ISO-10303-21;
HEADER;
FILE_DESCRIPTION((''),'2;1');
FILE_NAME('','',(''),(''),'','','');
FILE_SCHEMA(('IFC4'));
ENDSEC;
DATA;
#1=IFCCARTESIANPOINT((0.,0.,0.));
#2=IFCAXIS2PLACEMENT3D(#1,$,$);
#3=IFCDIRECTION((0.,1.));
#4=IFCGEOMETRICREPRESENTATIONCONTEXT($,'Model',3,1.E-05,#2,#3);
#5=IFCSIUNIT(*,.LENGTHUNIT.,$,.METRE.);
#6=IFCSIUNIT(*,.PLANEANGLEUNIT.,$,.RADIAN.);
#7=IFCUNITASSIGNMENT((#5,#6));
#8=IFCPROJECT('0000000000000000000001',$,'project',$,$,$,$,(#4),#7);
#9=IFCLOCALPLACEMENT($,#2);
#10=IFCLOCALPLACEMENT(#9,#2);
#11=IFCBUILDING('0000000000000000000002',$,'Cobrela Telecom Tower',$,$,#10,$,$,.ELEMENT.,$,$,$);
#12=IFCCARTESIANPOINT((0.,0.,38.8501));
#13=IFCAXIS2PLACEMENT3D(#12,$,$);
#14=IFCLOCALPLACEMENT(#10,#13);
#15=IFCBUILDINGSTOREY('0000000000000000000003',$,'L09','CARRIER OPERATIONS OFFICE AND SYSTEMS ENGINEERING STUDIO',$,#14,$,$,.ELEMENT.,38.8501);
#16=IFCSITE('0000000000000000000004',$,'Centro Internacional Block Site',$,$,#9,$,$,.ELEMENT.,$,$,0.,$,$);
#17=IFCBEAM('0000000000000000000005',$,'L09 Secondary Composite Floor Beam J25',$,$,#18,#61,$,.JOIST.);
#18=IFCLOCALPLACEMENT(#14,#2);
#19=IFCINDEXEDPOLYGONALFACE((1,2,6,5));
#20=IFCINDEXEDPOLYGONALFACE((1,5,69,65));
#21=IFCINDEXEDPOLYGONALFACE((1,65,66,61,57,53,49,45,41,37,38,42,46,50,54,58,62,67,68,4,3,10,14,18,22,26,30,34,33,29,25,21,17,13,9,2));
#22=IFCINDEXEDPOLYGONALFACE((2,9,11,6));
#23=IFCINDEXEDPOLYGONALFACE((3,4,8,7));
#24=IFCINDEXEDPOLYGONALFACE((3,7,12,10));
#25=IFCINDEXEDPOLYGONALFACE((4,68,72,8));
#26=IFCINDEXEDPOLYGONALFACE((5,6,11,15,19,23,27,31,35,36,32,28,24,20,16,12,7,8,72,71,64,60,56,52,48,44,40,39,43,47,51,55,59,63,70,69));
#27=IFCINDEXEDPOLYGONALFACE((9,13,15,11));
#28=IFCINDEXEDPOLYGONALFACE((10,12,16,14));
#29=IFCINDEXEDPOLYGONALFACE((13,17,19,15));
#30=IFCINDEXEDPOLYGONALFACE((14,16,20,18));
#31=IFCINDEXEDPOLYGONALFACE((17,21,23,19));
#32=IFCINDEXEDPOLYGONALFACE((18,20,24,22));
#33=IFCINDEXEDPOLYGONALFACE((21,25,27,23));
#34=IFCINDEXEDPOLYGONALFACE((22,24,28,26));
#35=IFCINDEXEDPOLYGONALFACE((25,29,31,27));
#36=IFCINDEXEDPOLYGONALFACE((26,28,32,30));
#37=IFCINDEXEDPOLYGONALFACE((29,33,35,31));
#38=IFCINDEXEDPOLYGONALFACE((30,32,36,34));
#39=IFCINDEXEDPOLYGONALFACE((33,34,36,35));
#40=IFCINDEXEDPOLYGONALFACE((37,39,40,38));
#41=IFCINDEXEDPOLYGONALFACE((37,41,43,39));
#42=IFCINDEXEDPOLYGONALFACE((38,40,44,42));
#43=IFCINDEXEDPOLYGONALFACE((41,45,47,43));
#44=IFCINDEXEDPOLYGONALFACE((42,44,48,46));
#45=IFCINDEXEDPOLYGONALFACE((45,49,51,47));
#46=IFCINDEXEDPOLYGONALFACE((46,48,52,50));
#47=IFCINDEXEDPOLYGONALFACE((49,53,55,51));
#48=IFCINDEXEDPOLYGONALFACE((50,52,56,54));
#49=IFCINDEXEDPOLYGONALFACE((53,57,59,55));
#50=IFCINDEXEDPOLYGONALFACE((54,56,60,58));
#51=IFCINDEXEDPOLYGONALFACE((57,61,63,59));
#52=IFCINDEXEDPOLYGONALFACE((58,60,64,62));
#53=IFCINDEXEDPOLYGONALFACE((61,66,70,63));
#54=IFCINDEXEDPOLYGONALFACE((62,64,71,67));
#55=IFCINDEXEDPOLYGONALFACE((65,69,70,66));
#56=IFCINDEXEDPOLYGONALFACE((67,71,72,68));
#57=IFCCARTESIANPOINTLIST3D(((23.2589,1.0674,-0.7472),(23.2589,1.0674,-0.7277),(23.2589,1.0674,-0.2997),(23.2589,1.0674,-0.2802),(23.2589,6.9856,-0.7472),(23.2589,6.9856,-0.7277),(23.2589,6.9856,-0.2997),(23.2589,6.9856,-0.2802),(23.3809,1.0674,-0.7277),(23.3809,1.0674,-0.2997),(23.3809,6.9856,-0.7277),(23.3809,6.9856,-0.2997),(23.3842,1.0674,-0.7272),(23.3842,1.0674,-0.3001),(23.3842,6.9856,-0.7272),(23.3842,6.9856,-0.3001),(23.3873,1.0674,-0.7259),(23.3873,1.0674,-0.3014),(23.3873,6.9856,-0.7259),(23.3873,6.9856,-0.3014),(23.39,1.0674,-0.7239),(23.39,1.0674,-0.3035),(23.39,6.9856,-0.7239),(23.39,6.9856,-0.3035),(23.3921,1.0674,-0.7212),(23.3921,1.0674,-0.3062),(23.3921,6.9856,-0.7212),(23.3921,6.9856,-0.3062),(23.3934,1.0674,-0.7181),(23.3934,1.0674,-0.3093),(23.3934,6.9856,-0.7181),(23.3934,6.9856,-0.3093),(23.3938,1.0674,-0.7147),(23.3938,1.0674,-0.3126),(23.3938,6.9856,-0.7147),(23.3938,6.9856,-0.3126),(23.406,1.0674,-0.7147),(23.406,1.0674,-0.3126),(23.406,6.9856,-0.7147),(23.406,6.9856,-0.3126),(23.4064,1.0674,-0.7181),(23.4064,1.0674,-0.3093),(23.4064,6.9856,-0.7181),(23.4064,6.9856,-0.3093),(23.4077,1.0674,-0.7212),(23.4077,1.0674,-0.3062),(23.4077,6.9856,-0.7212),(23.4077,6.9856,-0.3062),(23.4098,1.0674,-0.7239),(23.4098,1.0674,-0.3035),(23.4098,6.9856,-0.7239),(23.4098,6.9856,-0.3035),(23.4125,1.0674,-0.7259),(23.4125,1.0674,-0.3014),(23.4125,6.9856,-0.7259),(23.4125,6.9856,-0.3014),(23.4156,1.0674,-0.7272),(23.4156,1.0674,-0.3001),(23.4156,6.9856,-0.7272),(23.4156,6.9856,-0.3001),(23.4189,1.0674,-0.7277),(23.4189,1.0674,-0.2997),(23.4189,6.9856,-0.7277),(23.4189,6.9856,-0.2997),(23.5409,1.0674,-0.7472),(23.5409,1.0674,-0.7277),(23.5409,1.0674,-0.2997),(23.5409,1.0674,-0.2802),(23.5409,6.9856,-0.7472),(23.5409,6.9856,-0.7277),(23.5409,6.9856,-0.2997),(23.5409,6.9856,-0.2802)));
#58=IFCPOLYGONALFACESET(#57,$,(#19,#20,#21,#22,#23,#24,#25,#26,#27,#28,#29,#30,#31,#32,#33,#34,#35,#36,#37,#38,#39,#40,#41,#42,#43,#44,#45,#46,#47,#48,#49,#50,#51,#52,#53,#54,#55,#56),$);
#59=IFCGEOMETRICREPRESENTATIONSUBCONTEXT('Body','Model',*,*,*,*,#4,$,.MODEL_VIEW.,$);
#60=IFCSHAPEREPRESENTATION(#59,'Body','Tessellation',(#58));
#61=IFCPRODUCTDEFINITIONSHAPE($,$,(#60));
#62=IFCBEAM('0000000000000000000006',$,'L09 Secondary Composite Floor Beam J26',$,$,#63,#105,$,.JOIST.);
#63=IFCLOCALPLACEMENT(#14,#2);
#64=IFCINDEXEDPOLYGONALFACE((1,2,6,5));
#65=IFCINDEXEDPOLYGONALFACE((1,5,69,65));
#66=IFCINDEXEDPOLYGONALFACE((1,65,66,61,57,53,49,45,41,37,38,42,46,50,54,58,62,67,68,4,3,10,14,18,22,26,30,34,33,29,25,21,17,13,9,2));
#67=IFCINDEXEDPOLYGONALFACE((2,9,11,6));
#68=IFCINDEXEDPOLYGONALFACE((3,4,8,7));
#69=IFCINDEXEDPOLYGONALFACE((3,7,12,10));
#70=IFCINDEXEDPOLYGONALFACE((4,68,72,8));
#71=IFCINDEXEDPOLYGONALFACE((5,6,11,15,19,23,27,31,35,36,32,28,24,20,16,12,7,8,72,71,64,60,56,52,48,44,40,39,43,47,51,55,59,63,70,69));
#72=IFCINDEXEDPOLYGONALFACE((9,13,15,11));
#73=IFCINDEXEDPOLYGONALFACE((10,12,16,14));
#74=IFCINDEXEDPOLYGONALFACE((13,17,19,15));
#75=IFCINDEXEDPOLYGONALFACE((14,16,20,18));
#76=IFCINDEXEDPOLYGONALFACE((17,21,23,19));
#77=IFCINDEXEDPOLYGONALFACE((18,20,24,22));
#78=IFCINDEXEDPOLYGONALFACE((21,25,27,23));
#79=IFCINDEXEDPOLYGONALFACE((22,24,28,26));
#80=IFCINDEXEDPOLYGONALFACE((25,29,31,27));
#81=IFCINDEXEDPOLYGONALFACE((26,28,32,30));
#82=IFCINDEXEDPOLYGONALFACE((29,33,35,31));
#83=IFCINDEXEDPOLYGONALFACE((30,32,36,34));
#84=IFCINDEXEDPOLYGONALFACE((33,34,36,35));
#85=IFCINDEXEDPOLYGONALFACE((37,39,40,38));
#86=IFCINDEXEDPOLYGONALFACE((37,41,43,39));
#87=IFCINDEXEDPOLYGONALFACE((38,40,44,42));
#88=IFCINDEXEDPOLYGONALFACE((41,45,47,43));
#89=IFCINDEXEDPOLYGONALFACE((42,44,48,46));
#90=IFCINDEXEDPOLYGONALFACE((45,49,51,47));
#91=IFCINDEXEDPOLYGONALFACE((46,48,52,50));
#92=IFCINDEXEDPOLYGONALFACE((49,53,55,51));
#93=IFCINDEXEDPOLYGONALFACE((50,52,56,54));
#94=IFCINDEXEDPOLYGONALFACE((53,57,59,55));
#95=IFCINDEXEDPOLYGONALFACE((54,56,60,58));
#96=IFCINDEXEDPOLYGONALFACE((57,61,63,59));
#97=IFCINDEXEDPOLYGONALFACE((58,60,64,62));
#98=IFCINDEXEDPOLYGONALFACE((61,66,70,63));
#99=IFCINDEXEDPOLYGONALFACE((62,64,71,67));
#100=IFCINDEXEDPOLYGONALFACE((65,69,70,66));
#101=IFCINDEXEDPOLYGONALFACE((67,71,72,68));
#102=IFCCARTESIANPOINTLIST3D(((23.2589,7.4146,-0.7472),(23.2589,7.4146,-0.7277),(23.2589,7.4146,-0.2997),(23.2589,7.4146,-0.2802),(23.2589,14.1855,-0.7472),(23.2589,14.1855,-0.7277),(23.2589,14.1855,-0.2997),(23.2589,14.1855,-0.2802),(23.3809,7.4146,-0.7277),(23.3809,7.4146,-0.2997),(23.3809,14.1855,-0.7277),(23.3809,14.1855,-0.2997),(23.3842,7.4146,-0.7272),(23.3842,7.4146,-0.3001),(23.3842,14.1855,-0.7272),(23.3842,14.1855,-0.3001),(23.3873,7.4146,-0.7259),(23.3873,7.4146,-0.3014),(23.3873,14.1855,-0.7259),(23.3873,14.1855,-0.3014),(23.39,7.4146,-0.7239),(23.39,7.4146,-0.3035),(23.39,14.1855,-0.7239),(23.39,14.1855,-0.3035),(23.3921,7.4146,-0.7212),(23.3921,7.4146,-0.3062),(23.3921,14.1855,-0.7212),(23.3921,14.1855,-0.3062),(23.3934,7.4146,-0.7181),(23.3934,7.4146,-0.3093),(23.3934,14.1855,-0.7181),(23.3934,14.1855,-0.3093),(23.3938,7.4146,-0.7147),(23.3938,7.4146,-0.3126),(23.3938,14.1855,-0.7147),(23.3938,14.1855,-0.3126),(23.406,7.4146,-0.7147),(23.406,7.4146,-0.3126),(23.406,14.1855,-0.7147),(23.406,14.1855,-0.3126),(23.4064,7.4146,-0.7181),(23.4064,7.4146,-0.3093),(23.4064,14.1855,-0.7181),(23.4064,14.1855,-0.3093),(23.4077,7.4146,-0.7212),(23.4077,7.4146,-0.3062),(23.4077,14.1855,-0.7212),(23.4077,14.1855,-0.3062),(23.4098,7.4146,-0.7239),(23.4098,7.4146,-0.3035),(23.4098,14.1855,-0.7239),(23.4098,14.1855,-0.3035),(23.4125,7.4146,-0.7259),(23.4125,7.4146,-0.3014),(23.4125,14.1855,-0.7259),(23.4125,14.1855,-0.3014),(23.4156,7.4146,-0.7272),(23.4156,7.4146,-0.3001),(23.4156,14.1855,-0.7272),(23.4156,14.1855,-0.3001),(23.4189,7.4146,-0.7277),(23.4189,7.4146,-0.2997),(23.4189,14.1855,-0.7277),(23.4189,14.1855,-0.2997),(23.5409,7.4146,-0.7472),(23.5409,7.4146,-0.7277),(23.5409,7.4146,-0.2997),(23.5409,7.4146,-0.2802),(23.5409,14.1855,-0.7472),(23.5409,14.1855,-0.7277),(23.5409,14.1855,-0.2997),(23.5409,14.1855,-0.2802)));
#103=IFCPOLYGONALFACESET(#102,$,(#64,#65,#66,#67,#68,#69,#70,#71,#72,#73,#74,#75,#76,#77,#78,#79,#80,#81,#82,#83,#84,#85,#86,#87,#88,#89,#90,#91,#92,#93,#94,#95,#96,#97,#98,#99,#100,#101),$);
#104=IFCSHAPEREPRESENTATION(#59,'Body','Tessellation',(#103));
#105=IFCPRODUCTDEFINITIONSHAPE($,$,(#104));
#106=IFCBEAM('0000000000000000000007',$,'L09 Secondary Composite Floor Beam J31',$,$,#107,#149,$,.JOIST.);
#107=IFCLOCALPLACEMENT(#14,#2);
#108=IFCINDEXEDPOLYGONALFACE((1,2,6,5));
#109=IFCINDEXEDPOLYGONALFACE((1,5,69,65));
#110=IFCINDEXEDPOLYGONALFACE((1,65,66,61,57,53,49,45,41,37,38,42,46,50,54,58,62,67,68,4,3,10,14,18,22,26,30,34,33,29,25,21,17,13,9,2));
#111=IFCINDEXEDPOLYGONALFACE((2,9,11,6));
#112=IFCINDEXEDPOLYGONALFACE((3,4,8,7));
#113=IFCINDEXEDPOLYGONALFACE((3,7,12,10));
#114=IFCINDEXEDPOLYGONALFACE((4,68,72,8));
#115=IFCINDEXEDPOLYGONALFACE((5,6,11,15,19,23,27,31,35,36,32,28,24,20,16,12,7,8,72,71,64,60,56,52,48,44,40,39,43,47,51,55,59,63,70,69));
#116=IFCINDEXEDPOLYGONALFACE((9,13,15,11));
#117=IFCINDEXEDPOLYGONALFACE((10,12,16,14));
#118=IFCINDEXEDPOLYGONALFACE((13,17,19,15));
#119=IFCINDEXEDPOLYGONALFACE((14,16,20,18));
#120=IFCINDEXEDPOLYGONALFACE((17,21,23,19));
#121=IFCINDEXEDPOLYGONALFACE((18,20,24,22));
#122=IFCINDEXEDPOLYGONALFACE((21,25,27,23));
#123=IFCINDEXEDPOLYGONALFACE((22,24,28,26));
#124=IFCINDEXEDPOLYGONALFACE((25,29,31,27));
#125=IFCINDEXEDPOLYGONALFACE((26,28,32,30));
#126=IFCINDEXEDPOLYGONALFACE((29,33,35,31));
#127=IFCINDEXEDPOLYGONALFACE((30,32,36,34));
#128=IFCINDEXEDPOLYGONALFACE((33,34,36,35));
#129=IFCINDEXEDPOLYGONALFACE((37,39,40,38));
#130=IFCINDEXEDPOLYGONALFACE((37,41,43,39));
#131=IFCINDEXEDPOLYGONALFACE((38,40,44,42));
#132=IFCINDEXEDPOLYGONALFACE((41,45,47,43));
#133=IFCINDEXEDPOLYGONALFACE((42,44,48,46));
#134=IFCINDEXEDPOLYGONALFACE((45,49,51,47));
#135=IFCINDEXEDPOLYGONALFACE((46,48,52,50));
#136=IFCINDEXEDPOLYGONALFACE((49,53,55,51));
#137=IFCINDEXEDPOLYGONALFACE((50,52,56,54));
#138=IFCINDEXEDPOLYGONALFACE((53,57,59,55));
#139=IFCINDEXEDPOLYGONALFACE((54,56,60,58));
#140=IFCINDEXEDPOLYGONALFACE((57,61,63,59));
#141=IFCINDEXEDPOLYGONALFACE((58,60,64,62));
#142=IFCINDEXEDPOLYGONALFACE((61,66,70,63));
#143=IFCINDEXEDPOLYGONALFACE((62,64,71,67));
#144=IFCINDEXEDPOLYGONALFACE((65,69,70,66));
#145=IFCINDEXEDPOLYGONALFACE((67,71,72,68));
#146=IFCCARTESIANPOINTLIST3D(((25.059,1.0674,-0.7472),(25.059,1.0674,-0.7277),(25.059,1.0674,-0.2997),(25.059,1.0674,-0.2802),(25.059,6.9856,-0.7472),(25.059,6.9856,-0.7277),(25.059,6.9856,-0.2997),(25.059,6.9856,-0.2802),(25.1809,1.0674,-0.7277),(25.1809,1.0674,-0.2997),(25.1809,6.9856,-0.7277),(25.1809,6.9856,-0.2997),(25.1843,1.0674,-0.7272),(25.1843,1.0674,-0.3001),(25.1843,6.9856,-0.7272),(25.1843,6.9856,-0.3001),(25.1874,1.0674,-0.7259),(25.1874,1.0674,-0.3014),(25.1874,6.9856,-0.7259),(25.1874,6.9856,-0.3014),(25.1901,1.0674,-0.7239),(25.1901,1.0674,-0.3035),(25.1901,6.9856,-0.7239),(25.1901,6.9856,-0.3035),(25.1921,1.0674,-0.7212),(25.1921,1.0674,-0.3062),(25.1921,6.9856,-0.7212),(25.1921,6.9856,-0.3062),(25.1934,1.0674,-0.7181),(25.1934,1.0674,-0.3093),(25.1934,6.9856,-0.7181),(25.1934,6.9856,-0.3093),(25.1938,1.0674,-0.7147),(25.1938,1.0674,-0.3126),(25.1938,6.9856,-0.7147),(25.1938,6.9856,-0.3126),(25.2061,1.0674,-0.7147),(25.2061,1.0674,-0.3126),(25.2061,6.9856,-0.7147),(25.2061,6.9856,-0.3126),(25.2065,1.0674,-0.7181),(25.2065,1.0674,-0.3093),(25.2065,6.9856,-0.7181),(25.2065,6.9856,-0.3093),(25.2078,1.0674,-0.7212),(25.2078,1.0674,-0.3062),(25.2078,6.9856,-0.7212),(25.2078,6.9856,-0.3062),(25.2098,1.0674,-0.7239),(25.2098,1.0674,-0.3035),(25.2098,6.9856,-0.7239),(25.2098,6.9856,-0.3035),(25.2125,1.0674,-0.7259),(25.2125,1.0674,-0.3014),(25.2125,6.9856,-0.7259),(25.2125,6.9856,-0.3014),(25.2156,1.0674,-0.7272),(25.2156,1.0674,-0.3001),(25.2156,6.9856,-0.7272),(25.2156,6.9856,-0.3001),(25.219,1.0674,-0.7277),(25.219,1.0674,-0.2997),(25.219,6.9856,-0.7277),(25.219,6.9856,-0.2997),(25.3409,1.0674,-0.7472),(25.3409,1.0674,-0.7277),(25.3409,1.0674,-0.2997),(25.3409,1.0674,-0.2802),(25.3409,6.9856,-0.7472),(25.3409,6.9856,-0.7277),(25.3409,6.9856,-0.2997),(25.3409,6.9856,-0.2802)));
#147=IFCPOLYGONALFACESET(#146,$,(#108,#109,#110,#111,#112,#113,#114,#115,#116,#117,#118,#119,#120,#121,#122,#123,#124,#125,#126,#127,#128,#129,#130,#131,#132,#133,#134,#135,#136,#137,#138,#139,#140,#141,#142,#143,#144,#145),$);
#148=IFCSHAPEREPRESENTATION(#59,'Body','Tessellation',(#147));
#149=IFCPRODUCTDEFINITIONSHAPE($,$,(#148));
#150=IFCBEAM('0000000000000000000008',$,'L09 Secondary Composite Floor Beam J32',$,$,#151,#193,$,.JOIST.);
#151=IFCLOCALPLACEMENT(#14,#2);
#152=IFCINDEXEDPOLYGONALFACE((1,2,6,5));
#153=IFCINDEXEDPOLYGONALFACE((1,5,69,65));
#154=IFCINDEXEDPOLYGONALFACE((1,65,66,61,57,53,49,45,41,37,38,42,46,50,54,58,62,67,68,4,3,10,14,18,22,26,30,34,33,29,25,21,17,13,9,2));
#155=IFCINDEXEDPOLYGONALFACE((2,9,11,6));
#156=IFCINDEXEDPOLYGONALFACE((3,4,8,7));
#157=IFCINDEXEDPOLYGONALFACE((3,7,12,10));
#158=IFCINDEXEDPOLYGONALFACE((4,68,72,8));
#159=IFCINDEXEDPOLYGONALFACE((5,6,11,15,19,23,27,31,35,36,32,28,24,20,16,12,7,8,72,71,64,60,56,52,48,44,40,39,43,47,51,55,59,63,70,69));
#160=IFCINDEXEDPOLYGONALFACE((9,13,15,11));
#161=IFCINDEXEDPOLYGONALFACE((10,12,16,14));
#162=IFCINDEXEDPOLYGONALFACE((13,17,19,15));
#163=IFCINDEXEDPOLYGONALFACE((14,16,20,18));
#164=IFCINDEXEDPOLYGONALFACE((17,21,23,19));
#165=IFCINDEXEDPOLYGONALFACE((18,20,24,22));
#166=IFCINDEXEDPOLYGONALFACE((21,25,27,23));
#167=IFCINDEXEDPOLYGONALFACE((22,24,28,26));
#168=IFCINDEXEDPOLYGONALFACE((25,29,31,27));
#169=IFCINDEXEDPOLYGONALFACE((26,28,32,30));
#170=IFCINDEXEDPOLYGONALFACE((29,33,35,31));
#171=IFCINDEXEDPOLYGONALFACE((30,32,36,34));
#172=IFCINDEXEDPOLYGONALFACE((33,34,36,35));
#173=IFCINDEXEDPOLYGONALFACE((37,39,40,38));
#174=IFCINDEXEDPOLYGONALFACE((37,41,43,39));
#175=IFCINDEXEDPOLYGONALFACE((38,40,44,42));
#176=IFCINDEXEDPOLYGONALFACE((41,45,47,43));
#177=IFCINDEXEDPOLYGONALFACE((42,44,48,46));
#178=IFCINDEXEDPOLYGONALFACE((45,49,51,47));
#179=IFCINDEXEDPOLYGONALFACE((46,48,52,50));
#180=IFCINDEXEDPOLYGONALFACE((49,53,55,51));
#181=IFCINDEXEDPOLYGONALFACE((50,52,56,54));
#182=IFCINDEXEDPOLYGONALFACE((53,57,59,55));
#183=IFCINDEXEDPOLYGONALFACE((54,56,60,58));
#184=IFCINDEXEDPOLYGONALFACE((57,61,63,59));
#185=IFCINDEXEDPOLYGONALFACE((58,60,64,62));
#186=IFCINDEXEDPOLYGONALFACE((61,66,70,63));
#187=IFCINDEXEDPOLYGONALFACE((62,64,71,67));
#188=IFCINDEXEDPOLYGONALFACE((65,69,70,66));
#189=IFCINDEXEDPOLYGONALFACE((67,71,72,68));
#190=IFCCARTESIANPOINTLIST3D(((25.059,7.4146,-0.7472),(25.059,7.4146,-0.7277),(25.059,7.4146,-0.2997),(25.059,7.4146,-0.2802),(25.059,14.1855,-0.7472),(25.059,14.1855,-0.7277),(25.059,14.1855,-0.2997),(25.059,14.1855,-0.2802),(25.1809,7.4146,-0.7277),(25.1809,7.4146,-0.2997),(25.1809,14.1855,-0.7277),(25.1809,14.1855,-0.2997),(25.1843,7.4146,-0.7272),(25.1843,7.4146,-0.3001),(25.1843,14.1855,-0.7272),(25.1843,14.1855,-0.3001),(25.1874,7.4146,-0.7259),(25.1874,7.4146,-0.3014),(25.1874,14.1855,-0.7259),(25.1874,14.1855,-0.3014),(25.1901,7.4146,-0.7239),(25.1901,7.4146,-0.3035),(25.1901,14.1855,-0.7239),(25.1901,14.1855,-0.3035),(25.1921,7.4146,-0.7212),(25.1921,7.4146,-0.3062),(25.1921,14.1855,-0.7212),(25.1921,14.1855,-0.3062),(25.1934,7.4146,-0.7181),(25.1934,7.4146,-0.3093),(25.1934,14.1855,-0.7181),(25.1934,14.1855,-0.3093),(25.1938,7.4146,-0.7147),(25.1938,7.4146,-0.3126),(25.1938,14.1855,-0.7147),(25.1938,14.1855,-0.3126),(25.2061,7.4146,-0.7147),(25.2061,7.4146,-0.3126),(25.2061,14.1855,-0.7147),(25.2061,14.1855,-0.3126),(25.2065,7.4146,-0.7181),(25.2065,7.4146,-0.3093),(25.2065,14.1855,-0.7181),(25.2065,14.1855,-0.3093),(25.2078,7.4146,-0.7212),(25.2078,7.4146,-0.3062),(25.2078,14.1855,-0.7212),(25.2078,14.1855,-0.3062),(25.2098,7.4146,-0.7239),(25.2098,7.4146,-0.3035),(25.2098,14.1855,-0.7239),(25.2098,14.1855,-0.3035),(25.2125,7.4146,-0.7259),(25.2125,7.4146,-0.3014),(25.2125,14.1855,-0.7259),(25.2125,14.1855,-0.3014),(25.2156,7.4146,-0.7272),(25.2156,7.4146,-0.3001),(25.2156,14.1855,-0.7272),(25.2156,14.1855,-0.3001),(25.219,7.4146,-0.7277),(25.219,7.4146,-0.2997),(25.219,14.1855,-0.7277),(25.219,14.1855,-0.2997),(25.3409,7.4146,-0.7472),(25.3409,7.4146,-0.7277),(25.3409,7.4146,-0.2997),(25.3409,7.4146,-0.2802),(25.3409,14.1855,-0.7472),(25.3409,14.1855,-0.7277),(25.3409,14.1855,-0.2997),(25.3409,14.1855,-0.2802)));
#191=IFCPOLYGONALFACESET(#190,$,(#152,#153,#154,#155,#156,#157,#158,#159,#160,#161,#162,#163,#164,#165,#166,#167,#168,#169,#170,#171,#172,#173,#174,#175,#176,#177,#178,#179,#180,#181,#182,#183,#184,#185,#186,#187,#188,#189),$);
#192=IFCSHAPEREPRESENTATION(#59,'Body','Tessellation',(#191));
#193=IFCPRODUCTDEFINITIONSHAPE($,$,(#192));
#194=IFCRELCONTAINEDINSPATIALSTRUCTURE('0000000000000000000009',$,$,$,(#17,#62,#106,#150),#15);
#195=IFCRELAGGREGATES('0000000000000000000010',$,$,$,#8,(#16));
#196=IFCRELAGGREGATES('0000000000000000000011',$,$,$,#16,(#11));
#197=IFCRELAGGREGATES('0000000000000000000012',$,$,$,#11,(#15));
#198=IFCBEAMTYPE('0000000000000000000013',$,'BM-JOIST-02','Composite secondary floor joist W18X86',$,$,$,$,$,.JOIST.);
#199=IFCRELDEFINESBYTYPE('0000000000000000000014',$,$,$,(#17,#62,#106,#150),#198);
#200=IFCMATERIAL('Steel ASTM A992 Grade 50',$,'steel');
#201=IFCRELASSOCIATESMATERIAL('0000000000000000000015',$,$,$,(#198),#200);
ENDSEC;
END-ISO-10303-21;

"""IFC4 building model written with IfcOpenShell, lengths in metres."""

from ifc_helpers import new_model, si_unit, direction, frame, origin, origin_2d, place, context, subcontext, project, spatial, i_section, extrude, material, material_profile, profile_set, type_object, element, save


model = new_model("IFC4")

# Units and contexts
model_context = context("Model", 3, precision=1e-05, world=origin(), true_north=direction((0.0, 1.0)))
body_context = subcontext(model_context, "Body", "Model", "MODEL_VIEW")
ifc_project = project(units=[si_unit("LENGTHUNIT", "METRE"), si_unit("PLANEANGLEUNIT", "RADIAN")], contexts=[model_context])

# Site, building, storey
site_placement = place(None, origin())
site = spatial("IfcSite", under=ifc_project, at=site_placement, Name="Centro Internacional Block Site", CompositionType="ELEMENT", RefElevation=0.0)
building_placement = place(site_placement, origin())
building = spatial("IfcBuilding", under=site, at=building_placement, Name="Cobrela Telecom Tower", CompositionType="ELEMENT")
storey_placement = place(building_placement, frame((0.0, 0.0, 38.8501)))
storey = spatial("IfcBuildingStorey", under=building, at=storey_placement, Name="L09", Description="CARRIER OPERATIONS OFFICE AND SYSTEMS ENGINEERING STUDIO", CompositionType="ELEMENT", Elevation=38.8501)

# Shared definitions
ifc_material_1 = material(Name="Steel ASTM A992 Grade 50", Category="steel")

# Beams
ifc_material_profile_1 = material_profile(ifc_material_1, i_section(OverallWidth=0.282, OverallDepth=0.467, WebThickness=0.0122, FlangeThickness=0.0195, FilletRadius=0.0129, at=origin_2d()), Name="W18X86")
ifc_profile_set_1 = profile_set([ifc_material_profile_1], Name="Steel ASTM A992 Grade 50")
beam_type_1 = type_object("IfcBeamType", Name="BM-JOIST-02", Description="Composite secondary floor joist W18X86", PredefinedType="JOIST", material=ifc_profile_set_1)
beam_1_placement = place(storey_placement, frame((23.3999, 1.0674, -0.5137), z_axis=(0.0, 1.0, 0.0), x_axis=(-1.0, 0.0, 0.0)))
element("IfcBeam", 1, at=beam_1_placement, inside=storey, type_object=beam_type_1, Name="L09 Secondary Composite Floor Beam J25", PredefinedType="JOIST", context=body_context, shape_type="SweptSolid", body=[
    extrude(i_section(OverallWidth=0.282, OverallDepth=0.467, WebThickness=0.0122, FlangeThickness=0.0195, FilletRadius=0.0129, at=origin_2d()), origin(), (0.0, 0.0, 1.0), 5.9182),
])
beam_2_placement = place(storey_placement, frame((23.3999, 7.4146, -0.5137), z_axis=(0.0, 1.0, 0.0), x_axis=(-1.0, 0.0, 0.0)))
element("IfcBeam", 2, at=beam_2_placement, inside=storey, type_object=beam_type_1, Name="L09 Secondary Composite Floor Beam J26", PredefinedType="JOIST", context=body_context, shape_type="SweptSolid", body=[
    extrude(i_section(OverallWidth=0.282, OverallDepth=0.467, WebThickness=0.0122, FlangeThickness=0.0195, FilletRadius=0.0129, at=origin_2d()), origin(), (0.0, 0.0, 1.0), 6.771),
])
beam_3_placement = place(storey_placement, frame((25.2, 1.0674, -0.5137), z_axis=(0.0, 1.0, 0.0), x_axis=(-1.0, 0.0, 0.0)))
element("IfcBeam", 3, at=beam_3_placement, inside=storey, type_object=beam_type_1, Name="L09 Secondary Composite Floor Beam J31", PredefinedType="JOIST", context=body_context, shape_type="SweptSolid", body=[
    extrude(i_section(OverallWidth=0.282, OverallDepth=0.467, WebThickness=0.0122, FlangeThickness=0.0195, FilletRadius=0.0129, at=origin_2d()), origin(), (0.0, 0.0, 1.0), 5.9182),
])
beam_4_placement = place(storey_placement, frame((25.2, 7.4146, -0.5137), z_axis=(0.0, 1.0, 0.0), x_axis=(-1.0, 0.0, 0.0)))
element("IfcBeam", 4, at=beam_4_placement, inside=storey, type_object=beam_type_1, Name="L09 Secondary Composite Floor Beam J32", PredefinedType="JOIST", context=body_context, shape_type="SweptSolid", body=[
    extrude(i_section(OverallWidth=0.282, OverallDepth=0.467, WebThickness=0.0122, FlangeThickness=0.0195, FilletRadius=0.0129, at=origin_2d()), origin(), (0.0, 0.0, 1.0), 6.771),
])

save(model, "model.ifc")
